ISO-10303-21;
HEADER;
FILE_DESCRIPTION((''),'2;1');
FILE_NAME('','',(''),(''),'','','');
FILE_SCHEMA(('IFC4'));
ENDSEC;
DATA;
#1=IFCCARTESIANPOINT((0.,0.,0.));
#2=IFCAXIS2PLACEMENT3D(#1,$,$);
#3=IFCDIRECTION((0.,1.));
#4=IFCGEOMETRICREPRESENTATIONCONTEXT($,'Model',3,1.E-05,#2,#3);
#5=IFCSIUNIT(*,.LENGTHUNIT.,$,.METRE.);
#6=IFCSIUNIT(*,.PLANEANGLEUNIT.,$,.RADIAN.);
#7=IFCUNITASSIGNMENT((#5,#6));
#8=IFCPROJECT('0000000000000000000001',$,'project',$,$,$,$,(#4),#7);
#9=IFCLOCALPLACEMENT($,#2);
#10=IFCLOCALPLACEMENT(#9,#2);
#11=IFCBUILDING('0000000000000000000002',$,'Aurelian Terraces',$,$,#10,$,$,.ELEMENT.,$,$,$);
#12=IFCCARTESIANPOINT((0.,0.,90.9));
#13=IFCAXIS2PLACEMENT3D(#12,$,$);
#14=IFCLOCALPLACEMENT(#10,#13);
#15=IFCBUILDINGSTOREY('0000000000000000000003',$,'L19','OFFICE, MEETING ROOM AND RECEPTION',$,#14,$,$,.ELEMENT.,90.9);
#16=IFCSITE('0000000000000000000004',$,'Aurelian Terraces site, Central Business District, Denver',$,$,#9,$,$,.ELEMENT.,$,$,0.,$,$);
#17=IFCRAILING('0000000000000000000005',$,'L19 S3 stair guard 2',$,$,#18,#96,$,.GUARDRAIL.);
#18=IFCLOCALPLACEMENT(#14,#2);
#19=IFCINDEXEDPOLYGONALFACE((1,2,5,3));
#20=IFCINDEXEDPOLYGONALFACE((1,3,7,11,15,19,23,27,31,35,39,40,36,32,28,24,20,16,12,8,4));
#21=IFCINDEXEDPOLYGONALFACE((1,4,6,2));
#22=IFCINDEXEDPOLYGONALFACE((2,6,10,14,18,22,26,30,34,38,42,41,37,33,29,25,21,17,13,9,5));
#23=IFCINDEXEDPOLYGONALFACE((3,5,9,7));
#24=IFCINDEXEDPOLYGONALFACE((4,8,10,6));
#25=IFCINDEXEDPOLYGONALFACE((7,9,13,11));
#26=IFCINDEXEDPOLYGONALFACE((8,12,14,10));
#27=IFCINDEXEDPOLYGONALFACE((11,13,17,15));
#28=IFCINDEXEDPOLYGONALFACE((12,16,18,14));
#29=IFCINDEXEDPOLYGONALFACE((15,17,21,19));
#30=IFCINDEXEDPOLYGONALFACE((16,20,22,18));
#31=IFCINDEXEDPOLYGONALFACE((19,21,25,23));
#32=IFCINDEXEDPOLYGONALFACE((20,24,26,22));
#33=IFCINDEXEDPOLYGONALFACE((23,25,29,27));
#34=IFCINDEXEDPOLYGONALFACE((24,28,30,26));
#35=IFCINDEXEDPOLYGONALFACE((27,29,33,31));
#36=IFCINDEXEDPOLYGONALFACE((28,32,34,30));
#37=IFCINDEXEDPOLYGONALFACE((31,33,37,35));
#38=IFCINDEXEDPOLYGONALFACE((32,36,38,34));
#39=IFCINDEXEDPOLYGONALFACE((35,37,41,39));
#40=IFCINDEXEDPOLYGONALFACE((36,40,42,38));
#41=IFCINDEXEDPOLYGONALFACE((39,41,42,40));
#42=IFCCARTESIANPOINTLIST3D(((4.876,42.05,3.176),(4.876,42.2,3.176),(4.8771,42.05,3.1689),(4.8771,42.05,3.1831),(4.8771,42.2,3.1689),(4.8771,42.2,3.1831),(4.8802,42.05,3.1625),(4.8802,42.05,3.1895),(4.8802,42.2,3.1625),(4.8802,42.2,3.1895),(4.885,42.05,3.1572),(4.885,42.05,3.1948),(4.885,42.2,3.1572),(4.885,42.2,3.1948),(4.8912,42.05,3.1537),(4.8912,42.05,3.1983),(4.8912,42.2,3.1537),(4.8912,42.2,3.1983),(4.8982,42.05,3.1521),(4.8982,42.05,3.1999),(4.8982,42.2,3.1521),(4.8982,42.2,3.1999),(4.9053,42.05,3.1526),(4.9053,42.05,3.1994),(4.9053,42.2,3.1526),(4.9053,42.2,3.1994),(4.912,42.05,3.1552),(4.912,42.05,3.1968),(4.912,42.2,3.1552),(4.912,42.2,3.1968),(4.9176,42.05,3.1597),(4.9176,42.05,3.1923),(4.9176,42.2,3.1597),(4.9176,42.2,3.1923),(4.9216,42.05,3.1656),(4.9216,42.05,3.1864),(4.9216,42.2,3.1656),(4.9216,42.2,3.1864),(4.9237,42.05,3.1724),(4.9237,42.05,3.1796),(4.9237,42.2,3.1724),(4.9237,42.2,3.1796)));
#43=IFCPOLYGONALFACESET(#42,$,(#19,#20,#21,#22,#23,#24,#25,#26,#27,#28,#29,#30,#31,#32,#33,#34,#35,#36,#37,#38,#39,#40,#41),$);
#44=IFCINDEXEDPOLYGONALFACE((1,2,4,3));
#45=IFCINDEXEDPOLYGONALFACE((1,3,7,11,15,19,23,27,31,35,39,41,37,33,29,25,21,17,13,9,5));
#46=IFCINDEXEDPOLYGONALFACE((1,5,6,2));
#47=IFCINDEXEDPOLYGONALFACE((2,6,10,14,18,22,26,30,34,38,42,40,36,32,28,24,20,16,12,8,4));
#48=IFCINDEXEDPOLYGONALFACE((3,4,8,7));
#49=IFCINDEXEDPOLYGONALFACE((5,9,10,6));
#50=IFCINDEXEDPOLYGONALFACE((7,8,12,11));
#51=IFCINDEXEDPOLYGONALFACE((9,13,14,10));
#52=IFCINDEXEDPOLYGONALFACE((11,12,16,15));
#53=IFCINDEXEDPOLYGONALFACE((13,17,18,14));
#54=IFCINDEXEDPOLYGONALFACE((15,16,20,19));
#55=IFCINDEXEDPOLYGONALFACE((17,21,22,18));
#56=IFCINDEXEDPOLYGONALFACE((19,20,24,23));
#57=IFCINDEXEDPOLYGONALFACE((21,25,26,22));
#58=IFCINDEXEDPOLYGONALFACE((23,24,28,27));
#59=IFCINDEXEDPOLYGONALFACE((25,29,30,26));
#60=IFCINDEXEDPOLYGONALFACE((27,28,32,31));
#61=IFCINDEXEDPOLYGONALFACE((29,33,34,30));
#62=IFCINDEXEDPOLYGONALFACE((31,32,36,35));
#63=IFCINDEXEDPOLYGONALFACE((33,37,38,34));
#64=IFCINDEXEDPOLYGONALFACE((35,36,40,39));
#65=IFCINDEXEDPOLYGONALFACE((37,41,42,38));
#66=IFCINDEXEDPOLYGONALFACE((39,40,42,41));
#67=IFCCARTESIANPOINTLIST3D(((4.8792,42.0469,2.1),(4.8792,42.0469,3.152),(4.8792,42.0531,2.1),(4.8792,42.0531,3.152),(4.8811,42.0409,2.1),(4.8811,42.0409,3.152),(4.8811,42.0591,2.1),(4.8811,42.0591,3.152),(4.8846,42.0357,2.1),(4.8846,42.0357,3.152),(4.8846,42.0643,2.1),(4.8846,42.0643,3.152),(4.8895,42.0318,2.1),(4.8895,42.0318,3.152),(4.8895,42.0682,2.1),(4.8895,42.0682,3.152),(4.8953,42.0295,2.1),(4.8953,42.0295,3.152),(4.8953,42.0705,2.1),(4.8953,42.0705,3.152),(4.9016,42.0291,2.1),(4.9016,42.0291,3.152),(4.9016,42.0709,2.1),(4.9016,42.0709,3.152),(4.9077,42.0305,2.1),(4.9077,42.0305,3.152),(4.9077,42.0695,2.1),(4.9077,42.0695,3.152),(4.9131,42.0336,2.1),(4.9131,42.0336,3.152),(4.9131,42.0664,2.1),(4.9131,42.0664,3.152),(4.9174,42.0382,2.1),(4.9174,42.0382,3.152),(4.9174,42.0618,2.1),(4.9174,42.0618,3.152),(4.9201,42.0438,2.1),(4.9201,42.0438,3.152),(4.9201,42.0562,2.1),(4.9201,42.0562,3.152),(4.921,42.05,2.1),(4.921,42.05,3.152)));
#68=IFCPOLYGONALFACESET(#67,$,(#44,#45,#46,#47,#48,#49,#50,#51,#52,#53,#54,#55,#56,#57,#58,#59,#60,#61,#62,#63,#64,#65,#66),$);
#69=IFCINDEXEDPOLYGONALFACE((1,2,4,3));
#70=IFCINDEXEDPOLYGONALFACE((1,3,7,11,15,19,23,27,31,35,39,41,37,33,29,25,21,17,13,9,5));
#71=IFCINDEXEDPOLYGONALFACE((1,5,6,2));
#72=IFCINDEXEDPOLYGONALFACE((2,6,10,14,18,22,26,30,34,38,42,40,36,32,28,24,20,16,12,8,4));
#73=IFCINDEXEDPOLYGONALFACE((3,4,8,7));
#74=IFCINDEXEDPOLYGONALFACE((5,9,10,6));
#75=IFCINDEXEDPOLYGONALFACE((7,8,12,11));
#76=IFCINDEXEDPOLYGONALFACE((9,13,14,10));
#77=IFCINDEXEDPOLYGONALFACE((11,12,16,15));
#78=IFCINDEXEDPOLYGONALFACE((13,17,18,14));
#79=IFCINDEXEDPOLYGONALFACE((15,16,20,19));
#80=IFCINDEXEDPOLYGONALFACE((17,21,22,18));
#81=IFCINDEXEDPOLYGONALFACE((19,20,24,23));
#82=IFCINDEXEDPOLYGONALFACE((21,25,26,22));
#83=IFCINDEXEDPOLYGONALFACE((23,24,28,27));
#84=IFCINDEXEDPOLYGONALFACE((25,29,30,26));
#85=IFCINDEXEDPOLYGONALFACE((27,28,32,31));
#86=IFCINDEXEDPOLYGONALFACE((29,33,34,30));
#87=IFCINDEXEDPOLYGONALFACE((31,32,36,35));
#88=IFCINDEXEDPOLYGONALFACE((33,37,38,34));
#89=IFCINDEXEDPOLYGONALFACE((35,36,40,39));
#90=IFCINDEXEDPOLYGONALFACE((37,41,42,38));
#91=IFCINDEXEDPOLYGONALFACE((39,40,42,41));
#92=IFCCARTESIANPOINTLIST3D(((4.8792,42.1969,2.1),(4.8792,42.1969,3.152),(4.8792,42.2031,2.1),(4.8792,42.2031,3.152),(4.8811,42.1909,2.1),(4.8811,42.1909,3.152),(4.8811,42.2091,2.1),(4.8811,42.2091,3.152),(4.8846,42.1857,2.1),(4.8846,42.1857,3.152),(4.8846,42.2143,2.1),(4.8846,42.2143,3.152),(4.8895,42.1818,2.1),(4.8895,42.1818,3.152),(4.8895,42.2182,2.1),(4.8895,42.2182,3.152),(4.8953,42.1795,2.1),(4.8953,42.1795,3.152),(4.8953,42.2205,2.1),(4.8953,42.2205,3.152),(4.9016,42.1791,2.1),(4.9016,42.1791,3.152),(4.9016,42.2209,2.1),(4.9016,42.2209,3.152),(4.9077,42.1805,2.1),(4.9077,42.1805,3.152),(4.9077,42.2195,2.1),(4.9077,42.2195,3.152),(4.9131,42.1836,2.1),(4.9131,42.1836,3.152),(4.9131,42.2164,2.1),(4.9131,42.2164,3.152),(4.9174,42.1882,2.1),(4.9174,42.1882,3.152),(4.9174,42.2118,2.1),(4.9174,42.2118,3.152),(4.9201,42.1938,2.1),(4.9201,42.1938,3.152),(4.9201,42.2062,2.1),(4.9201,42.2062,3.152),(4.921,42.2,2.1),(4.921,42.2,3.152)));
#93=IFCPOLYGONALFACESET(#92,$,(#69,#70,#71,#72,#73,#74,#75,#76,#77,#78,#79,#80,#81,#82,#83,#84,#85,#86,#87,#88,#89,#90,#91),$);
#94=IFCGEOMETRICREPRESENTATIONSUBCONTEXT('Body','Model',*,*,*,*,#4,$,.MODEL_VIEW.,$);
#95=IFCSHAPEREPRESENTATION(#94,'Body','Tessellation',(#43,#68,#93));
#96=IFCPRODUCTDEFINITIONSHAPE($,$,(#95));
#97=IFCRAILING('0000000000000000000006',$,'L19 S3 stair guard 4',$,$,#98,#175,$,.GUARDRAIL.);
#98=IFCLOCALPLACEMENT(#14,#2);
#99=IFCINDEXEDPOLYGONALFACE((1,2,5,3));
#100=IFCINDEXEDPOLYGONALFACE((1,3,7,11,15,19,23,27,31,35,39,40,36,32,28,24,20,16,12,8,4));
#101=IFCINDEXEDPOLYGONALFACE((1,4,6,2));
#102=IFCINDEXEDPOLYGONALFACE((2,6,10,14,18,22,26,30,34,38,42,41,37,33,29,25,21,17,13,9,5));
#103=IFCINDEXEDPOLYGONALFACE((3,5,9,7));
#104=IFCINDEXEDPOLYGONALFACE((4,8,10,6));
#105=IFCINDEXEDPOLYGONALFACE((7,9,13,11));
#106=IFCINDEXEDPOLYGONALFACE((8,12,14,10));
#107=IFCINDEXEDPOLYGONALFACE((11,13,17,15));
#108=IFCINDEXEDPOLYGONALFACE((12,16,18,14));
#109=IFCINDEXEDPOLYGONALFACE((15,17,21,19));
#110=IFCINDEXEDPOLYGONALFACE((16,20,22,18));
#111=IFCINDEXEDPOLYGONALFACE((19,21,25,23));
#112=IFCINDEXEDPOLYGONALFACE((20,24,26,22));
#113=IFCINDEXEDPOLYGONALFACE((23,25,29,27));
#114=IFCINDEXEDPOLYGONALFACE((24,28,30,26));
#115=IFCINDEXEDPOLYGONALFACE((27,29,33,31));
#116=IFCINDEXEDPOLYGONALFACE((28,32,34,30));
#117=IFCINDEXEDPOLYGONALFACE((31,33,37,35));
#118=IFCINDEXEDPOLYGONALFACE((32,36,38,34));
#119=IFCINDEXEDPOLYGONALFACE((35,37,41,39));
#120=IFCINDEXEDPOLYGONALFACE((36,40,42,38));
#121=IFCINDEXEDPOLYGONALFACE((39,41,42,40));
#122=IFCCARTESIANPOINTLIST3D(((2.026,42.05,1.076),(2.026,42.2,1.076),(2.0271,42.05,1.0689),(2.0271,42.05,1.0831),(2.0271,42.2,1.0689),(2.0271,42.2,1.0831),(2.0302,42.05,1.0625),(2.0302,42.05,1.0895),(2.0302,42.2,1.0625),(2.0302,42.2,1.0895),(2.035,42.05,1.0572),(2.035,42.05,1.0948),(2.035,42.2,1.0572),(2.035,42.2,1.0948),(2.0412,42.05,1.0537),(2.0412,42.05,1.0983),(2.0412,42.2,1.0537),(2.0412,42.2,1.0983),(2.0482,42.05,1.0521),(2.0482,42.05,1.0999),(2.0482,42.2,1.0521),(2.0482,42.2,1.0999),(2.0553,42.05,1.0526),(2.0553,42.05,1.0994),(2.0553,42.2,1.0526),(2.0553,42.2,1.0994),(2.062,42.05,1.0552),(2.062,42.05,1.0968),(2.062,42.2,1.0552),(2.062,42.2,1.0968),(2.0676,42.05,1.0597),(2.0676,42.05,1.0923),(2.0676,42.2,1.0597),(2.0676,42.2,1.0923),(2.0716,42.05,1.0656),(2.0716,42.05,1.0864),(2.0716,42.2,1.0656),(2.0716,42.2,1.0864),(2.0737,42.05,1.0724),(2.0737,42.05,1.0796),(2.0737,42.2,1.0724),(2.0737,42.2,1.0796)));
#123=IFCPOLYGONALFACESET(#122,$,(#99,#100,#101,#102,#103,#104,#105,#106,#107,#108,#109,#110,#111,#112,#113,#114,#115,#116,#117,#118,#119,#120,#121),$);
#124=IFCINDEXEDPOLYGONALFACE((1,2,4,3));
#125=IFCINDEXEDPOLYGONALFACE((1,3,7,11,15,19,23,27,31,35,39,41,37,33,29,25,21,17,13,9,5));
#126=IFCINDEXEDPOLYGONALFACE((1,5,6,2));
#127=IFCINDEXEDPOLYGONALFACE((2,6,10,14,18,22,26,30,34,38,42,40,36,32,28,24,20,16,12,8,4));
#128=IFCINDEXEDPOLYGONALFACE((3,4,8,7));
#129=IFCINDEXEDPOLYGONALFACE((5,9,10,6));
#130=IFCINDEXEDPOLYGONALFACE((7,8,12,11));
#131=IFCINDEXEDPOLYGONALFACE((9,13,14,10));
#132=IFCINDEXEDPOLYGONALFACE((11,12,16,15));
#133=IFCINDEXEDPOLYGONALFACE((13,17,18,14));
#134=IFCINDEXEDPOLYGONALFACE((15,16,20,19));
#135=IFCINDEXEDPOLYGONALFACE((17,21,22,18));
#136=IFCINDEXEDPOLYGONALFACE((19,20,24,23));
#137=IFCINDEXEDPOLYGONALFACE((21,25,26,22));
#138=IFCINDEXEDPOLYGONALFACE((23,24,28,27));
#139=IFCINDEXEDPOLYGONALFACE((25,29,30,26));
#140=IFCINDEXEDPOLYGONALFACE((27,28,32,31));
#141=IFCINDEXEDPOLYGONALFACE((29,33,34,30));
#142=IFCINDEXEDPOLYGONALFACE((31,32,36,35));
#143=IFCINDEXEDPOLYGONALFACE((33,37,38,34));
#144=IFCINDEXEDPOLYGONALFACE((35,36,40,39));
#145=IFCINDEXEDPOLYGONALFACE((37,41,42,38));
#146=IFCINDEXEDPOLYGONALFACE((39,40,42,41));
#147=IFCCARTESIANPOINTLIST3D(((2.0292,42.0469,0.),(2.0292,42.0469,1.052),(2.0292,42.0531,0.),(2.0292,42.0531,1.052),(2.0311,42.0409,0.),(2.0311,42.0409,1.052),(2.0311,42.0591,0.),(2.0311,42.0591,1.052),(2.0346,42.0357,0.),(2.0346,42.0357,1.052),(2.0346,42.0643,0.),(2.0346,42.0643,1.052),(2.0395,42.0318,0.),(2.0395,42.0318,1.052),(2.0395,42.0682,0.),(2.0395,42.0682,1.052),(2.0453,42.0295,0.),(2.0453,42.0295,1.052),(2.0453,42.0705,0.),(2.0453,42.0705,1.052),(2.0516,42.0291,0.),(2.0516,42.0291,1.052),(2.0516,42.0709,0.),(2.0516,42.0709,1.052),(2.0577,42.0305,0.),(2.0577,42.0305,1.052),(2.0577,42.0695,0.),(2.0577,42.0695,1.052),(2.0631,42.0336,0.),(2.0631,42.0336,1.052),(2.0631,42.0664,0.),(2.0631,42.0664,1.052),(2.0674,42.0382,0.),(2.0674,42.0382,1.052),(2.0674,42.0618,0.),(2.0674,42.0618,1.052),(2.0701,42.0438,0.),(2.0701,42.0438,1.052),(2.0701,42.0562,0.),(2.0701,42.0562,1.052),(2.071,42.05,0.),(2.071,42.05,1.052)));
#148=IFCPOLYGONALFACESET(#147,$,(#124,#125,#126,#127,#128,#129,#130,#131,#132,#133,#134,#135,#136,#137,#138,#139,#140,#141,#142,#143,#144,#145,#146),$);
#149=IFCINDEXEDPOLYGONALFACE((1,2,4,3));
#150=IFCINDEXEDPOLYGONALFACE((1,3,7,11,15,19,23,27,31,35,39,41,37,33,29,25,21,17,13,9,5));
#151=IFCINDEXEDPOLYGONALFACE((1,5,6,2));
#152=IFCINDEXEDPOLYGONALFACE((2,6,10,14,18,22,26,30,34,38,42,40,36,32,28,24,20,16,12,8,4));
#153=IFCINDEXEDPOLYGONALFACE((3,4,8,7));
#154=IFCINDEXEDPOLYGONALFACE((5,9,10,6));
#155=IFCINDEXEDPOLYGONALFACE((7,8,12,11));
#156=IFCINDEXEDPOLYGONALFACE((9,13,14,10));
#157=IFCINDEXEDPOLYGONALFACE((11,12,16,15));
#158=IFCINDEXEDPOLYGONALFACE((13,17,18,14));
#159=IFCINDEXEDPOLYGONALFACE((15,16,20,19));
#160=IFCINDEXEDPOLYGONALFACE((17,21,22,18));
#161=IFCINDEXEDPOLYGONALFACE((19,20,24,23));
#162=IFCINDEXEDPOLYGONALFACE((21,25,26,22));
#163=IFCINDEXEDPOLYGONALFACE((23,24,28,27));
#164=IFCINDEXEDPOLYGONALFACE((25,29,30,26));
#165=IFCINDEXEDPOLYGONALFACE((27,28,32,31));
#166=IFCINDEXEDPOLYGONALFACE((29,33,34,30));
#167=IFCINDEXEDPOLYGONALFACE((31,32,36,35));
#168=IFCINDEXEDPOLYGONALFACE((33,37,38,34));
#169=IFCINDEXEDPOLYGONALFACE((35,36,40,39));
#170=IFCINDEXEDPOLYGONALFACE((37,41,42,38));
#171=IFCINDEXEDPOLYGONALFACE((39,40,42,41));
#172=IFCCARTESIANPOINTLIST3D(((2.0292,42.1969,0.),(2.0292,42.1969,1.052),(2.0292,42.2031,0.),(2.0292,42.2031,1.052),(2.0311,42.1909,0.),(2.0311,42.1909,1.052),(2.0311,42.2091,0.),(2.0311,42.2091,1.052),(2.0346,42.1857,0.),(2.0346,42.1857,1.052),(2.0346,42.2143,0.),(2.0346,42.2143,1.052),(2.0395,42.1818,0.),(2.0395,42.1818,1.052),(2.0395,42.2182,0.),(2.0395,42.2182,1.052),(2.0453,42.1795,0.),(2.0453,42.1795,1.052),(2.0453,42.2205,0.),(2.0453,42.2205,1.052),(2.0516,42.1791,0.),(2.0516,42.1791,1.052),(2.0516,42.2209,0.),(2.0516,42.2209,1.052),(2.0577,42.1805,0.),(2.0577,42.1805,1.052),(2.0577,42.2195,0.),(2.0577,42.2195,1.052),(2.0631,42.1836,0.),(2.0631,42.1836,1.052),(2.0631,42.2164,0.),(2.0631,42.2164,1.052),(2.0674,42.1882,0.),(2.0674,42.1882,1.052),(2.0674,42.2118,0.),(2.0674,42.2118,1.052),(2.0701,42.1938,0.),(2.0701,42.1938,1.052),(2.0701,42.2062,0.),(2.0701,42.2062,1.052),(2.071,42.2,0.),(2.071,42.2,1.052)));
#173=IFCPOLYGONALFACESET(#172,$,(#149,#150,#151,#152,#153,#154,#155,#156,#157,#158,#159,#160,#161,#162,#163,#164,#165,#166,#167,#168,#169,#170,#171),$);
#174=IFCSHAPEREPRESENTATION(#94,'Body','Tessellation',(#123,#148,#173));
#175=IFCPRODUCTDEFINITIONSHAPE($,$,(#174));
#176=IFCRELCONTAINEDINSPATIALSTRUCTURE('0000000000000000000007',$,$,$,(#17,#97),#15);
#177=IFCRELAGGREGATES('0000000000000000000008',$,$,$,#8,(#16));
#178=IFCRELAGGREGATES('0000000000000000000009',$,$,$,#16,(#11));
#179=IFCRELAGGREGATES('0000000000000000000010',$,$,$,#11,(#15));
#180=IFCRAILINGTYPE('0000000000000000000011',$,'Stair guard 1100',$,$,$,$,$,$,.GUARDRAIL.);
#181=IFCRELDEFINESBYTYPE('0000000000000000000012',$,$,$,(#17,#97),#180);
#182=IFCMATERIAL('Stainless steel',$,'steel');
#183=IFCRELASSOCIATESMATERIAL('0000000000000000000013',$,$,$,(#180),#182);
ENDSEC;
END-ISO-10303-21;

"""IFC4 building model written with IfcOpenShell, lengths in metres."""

from ifc_helpers import new_model, si_unit, direction, frame, origin, origin_2d, place, context, subcontext, project, spatial, circle, extrude, source, transform, mapped, material, type_object, element, save


model = new_model("IFC4")

# Units and contexts
model_context = context("Model", 3, precision=1e-05, world=origin(), true_north=direction((0.0, 1.0)))
body_context = subcontext(model_context, "Body", "Model", "MODEL_VIEW")
ifc_project = project(units=[si_unit("LENGTHUNIT", "METRE"), si_unit("PLANEANGLEUNIT", "RADIAN")], contexts=[model_context])

# Site, building, storey
site_placement = place(None, origin())
site = spatial("IfcSite", under=ifc_project, at=site_placement, Name="Aurelian Terraces site, Central Business District, Denver", CompositionType="ELEMENT", RefElevation=0.0)
building_placement = place(site_placement, origin())
building = spatial("IfcBuilding", under=site, at=building_placement, Name="Aurelian Terraces", CompositionType="ELEMENT")
storey_placement = place(building_placement, frame((0.0, 0.0, 90.9)))
storey = spatial("IfcBuildingStorey", under=building, at=storey_placement, Name="L19", Description="OFFICE, MEETING ROOM AND RECEPTION", CompositionType="ELEMENT", Elevation=90.9)

# Railings
ifc_material_1 = material(Name="Stainless steel", Category="steel")
railing_type_1 = type_object("IfcRailingType", Name="Stair guard 1100", PredefinedType="GUARDRAIL", material=ifc_material_1)
shared_shape_1 = source(origin(), body_context, "Body", "SweptSolid", [
    extrude(circle(Radius=0.024, at=origin_2d()), frame((0.0, 0.0, 1.076), z_axis=(0.0, 1.0, 0.0), x_axis=(-1.0, 0.0, 0.0)), (0.0, 0.0, 1.0), 0.15),
    extrude(circle(Radius=0.021, at=origin_2d()), origin(), (0.0, 0.0, 1.0), 1.052),
    extrude(circle(Radius=0.021, at=origin_2d()), frame((0.0, 0.15, 0.0)), (0.0, 0.0, 1.0), 1.052),
])
for number, where, name in (
    (1, (4.9, 42.05, 2.1), "L19 S3 stair guard 2"),
    (2, (2.05, 42.05, 0.0), "L19 S3 stair guard 4"),
):
    element("IfcRailing", number, at=place(storey_placement, frame(where)), inside=storey, type_object=railing_type_1, Name=name, PredefinedType="GUARDRAIL", context=body_context, shape_type="MappedRepresentation", body=[
        mapped(shared_shape_1, transform((0.0, 0.0, 0.0), scale=1.0)),
    ])

save(model, "model.ifc")
